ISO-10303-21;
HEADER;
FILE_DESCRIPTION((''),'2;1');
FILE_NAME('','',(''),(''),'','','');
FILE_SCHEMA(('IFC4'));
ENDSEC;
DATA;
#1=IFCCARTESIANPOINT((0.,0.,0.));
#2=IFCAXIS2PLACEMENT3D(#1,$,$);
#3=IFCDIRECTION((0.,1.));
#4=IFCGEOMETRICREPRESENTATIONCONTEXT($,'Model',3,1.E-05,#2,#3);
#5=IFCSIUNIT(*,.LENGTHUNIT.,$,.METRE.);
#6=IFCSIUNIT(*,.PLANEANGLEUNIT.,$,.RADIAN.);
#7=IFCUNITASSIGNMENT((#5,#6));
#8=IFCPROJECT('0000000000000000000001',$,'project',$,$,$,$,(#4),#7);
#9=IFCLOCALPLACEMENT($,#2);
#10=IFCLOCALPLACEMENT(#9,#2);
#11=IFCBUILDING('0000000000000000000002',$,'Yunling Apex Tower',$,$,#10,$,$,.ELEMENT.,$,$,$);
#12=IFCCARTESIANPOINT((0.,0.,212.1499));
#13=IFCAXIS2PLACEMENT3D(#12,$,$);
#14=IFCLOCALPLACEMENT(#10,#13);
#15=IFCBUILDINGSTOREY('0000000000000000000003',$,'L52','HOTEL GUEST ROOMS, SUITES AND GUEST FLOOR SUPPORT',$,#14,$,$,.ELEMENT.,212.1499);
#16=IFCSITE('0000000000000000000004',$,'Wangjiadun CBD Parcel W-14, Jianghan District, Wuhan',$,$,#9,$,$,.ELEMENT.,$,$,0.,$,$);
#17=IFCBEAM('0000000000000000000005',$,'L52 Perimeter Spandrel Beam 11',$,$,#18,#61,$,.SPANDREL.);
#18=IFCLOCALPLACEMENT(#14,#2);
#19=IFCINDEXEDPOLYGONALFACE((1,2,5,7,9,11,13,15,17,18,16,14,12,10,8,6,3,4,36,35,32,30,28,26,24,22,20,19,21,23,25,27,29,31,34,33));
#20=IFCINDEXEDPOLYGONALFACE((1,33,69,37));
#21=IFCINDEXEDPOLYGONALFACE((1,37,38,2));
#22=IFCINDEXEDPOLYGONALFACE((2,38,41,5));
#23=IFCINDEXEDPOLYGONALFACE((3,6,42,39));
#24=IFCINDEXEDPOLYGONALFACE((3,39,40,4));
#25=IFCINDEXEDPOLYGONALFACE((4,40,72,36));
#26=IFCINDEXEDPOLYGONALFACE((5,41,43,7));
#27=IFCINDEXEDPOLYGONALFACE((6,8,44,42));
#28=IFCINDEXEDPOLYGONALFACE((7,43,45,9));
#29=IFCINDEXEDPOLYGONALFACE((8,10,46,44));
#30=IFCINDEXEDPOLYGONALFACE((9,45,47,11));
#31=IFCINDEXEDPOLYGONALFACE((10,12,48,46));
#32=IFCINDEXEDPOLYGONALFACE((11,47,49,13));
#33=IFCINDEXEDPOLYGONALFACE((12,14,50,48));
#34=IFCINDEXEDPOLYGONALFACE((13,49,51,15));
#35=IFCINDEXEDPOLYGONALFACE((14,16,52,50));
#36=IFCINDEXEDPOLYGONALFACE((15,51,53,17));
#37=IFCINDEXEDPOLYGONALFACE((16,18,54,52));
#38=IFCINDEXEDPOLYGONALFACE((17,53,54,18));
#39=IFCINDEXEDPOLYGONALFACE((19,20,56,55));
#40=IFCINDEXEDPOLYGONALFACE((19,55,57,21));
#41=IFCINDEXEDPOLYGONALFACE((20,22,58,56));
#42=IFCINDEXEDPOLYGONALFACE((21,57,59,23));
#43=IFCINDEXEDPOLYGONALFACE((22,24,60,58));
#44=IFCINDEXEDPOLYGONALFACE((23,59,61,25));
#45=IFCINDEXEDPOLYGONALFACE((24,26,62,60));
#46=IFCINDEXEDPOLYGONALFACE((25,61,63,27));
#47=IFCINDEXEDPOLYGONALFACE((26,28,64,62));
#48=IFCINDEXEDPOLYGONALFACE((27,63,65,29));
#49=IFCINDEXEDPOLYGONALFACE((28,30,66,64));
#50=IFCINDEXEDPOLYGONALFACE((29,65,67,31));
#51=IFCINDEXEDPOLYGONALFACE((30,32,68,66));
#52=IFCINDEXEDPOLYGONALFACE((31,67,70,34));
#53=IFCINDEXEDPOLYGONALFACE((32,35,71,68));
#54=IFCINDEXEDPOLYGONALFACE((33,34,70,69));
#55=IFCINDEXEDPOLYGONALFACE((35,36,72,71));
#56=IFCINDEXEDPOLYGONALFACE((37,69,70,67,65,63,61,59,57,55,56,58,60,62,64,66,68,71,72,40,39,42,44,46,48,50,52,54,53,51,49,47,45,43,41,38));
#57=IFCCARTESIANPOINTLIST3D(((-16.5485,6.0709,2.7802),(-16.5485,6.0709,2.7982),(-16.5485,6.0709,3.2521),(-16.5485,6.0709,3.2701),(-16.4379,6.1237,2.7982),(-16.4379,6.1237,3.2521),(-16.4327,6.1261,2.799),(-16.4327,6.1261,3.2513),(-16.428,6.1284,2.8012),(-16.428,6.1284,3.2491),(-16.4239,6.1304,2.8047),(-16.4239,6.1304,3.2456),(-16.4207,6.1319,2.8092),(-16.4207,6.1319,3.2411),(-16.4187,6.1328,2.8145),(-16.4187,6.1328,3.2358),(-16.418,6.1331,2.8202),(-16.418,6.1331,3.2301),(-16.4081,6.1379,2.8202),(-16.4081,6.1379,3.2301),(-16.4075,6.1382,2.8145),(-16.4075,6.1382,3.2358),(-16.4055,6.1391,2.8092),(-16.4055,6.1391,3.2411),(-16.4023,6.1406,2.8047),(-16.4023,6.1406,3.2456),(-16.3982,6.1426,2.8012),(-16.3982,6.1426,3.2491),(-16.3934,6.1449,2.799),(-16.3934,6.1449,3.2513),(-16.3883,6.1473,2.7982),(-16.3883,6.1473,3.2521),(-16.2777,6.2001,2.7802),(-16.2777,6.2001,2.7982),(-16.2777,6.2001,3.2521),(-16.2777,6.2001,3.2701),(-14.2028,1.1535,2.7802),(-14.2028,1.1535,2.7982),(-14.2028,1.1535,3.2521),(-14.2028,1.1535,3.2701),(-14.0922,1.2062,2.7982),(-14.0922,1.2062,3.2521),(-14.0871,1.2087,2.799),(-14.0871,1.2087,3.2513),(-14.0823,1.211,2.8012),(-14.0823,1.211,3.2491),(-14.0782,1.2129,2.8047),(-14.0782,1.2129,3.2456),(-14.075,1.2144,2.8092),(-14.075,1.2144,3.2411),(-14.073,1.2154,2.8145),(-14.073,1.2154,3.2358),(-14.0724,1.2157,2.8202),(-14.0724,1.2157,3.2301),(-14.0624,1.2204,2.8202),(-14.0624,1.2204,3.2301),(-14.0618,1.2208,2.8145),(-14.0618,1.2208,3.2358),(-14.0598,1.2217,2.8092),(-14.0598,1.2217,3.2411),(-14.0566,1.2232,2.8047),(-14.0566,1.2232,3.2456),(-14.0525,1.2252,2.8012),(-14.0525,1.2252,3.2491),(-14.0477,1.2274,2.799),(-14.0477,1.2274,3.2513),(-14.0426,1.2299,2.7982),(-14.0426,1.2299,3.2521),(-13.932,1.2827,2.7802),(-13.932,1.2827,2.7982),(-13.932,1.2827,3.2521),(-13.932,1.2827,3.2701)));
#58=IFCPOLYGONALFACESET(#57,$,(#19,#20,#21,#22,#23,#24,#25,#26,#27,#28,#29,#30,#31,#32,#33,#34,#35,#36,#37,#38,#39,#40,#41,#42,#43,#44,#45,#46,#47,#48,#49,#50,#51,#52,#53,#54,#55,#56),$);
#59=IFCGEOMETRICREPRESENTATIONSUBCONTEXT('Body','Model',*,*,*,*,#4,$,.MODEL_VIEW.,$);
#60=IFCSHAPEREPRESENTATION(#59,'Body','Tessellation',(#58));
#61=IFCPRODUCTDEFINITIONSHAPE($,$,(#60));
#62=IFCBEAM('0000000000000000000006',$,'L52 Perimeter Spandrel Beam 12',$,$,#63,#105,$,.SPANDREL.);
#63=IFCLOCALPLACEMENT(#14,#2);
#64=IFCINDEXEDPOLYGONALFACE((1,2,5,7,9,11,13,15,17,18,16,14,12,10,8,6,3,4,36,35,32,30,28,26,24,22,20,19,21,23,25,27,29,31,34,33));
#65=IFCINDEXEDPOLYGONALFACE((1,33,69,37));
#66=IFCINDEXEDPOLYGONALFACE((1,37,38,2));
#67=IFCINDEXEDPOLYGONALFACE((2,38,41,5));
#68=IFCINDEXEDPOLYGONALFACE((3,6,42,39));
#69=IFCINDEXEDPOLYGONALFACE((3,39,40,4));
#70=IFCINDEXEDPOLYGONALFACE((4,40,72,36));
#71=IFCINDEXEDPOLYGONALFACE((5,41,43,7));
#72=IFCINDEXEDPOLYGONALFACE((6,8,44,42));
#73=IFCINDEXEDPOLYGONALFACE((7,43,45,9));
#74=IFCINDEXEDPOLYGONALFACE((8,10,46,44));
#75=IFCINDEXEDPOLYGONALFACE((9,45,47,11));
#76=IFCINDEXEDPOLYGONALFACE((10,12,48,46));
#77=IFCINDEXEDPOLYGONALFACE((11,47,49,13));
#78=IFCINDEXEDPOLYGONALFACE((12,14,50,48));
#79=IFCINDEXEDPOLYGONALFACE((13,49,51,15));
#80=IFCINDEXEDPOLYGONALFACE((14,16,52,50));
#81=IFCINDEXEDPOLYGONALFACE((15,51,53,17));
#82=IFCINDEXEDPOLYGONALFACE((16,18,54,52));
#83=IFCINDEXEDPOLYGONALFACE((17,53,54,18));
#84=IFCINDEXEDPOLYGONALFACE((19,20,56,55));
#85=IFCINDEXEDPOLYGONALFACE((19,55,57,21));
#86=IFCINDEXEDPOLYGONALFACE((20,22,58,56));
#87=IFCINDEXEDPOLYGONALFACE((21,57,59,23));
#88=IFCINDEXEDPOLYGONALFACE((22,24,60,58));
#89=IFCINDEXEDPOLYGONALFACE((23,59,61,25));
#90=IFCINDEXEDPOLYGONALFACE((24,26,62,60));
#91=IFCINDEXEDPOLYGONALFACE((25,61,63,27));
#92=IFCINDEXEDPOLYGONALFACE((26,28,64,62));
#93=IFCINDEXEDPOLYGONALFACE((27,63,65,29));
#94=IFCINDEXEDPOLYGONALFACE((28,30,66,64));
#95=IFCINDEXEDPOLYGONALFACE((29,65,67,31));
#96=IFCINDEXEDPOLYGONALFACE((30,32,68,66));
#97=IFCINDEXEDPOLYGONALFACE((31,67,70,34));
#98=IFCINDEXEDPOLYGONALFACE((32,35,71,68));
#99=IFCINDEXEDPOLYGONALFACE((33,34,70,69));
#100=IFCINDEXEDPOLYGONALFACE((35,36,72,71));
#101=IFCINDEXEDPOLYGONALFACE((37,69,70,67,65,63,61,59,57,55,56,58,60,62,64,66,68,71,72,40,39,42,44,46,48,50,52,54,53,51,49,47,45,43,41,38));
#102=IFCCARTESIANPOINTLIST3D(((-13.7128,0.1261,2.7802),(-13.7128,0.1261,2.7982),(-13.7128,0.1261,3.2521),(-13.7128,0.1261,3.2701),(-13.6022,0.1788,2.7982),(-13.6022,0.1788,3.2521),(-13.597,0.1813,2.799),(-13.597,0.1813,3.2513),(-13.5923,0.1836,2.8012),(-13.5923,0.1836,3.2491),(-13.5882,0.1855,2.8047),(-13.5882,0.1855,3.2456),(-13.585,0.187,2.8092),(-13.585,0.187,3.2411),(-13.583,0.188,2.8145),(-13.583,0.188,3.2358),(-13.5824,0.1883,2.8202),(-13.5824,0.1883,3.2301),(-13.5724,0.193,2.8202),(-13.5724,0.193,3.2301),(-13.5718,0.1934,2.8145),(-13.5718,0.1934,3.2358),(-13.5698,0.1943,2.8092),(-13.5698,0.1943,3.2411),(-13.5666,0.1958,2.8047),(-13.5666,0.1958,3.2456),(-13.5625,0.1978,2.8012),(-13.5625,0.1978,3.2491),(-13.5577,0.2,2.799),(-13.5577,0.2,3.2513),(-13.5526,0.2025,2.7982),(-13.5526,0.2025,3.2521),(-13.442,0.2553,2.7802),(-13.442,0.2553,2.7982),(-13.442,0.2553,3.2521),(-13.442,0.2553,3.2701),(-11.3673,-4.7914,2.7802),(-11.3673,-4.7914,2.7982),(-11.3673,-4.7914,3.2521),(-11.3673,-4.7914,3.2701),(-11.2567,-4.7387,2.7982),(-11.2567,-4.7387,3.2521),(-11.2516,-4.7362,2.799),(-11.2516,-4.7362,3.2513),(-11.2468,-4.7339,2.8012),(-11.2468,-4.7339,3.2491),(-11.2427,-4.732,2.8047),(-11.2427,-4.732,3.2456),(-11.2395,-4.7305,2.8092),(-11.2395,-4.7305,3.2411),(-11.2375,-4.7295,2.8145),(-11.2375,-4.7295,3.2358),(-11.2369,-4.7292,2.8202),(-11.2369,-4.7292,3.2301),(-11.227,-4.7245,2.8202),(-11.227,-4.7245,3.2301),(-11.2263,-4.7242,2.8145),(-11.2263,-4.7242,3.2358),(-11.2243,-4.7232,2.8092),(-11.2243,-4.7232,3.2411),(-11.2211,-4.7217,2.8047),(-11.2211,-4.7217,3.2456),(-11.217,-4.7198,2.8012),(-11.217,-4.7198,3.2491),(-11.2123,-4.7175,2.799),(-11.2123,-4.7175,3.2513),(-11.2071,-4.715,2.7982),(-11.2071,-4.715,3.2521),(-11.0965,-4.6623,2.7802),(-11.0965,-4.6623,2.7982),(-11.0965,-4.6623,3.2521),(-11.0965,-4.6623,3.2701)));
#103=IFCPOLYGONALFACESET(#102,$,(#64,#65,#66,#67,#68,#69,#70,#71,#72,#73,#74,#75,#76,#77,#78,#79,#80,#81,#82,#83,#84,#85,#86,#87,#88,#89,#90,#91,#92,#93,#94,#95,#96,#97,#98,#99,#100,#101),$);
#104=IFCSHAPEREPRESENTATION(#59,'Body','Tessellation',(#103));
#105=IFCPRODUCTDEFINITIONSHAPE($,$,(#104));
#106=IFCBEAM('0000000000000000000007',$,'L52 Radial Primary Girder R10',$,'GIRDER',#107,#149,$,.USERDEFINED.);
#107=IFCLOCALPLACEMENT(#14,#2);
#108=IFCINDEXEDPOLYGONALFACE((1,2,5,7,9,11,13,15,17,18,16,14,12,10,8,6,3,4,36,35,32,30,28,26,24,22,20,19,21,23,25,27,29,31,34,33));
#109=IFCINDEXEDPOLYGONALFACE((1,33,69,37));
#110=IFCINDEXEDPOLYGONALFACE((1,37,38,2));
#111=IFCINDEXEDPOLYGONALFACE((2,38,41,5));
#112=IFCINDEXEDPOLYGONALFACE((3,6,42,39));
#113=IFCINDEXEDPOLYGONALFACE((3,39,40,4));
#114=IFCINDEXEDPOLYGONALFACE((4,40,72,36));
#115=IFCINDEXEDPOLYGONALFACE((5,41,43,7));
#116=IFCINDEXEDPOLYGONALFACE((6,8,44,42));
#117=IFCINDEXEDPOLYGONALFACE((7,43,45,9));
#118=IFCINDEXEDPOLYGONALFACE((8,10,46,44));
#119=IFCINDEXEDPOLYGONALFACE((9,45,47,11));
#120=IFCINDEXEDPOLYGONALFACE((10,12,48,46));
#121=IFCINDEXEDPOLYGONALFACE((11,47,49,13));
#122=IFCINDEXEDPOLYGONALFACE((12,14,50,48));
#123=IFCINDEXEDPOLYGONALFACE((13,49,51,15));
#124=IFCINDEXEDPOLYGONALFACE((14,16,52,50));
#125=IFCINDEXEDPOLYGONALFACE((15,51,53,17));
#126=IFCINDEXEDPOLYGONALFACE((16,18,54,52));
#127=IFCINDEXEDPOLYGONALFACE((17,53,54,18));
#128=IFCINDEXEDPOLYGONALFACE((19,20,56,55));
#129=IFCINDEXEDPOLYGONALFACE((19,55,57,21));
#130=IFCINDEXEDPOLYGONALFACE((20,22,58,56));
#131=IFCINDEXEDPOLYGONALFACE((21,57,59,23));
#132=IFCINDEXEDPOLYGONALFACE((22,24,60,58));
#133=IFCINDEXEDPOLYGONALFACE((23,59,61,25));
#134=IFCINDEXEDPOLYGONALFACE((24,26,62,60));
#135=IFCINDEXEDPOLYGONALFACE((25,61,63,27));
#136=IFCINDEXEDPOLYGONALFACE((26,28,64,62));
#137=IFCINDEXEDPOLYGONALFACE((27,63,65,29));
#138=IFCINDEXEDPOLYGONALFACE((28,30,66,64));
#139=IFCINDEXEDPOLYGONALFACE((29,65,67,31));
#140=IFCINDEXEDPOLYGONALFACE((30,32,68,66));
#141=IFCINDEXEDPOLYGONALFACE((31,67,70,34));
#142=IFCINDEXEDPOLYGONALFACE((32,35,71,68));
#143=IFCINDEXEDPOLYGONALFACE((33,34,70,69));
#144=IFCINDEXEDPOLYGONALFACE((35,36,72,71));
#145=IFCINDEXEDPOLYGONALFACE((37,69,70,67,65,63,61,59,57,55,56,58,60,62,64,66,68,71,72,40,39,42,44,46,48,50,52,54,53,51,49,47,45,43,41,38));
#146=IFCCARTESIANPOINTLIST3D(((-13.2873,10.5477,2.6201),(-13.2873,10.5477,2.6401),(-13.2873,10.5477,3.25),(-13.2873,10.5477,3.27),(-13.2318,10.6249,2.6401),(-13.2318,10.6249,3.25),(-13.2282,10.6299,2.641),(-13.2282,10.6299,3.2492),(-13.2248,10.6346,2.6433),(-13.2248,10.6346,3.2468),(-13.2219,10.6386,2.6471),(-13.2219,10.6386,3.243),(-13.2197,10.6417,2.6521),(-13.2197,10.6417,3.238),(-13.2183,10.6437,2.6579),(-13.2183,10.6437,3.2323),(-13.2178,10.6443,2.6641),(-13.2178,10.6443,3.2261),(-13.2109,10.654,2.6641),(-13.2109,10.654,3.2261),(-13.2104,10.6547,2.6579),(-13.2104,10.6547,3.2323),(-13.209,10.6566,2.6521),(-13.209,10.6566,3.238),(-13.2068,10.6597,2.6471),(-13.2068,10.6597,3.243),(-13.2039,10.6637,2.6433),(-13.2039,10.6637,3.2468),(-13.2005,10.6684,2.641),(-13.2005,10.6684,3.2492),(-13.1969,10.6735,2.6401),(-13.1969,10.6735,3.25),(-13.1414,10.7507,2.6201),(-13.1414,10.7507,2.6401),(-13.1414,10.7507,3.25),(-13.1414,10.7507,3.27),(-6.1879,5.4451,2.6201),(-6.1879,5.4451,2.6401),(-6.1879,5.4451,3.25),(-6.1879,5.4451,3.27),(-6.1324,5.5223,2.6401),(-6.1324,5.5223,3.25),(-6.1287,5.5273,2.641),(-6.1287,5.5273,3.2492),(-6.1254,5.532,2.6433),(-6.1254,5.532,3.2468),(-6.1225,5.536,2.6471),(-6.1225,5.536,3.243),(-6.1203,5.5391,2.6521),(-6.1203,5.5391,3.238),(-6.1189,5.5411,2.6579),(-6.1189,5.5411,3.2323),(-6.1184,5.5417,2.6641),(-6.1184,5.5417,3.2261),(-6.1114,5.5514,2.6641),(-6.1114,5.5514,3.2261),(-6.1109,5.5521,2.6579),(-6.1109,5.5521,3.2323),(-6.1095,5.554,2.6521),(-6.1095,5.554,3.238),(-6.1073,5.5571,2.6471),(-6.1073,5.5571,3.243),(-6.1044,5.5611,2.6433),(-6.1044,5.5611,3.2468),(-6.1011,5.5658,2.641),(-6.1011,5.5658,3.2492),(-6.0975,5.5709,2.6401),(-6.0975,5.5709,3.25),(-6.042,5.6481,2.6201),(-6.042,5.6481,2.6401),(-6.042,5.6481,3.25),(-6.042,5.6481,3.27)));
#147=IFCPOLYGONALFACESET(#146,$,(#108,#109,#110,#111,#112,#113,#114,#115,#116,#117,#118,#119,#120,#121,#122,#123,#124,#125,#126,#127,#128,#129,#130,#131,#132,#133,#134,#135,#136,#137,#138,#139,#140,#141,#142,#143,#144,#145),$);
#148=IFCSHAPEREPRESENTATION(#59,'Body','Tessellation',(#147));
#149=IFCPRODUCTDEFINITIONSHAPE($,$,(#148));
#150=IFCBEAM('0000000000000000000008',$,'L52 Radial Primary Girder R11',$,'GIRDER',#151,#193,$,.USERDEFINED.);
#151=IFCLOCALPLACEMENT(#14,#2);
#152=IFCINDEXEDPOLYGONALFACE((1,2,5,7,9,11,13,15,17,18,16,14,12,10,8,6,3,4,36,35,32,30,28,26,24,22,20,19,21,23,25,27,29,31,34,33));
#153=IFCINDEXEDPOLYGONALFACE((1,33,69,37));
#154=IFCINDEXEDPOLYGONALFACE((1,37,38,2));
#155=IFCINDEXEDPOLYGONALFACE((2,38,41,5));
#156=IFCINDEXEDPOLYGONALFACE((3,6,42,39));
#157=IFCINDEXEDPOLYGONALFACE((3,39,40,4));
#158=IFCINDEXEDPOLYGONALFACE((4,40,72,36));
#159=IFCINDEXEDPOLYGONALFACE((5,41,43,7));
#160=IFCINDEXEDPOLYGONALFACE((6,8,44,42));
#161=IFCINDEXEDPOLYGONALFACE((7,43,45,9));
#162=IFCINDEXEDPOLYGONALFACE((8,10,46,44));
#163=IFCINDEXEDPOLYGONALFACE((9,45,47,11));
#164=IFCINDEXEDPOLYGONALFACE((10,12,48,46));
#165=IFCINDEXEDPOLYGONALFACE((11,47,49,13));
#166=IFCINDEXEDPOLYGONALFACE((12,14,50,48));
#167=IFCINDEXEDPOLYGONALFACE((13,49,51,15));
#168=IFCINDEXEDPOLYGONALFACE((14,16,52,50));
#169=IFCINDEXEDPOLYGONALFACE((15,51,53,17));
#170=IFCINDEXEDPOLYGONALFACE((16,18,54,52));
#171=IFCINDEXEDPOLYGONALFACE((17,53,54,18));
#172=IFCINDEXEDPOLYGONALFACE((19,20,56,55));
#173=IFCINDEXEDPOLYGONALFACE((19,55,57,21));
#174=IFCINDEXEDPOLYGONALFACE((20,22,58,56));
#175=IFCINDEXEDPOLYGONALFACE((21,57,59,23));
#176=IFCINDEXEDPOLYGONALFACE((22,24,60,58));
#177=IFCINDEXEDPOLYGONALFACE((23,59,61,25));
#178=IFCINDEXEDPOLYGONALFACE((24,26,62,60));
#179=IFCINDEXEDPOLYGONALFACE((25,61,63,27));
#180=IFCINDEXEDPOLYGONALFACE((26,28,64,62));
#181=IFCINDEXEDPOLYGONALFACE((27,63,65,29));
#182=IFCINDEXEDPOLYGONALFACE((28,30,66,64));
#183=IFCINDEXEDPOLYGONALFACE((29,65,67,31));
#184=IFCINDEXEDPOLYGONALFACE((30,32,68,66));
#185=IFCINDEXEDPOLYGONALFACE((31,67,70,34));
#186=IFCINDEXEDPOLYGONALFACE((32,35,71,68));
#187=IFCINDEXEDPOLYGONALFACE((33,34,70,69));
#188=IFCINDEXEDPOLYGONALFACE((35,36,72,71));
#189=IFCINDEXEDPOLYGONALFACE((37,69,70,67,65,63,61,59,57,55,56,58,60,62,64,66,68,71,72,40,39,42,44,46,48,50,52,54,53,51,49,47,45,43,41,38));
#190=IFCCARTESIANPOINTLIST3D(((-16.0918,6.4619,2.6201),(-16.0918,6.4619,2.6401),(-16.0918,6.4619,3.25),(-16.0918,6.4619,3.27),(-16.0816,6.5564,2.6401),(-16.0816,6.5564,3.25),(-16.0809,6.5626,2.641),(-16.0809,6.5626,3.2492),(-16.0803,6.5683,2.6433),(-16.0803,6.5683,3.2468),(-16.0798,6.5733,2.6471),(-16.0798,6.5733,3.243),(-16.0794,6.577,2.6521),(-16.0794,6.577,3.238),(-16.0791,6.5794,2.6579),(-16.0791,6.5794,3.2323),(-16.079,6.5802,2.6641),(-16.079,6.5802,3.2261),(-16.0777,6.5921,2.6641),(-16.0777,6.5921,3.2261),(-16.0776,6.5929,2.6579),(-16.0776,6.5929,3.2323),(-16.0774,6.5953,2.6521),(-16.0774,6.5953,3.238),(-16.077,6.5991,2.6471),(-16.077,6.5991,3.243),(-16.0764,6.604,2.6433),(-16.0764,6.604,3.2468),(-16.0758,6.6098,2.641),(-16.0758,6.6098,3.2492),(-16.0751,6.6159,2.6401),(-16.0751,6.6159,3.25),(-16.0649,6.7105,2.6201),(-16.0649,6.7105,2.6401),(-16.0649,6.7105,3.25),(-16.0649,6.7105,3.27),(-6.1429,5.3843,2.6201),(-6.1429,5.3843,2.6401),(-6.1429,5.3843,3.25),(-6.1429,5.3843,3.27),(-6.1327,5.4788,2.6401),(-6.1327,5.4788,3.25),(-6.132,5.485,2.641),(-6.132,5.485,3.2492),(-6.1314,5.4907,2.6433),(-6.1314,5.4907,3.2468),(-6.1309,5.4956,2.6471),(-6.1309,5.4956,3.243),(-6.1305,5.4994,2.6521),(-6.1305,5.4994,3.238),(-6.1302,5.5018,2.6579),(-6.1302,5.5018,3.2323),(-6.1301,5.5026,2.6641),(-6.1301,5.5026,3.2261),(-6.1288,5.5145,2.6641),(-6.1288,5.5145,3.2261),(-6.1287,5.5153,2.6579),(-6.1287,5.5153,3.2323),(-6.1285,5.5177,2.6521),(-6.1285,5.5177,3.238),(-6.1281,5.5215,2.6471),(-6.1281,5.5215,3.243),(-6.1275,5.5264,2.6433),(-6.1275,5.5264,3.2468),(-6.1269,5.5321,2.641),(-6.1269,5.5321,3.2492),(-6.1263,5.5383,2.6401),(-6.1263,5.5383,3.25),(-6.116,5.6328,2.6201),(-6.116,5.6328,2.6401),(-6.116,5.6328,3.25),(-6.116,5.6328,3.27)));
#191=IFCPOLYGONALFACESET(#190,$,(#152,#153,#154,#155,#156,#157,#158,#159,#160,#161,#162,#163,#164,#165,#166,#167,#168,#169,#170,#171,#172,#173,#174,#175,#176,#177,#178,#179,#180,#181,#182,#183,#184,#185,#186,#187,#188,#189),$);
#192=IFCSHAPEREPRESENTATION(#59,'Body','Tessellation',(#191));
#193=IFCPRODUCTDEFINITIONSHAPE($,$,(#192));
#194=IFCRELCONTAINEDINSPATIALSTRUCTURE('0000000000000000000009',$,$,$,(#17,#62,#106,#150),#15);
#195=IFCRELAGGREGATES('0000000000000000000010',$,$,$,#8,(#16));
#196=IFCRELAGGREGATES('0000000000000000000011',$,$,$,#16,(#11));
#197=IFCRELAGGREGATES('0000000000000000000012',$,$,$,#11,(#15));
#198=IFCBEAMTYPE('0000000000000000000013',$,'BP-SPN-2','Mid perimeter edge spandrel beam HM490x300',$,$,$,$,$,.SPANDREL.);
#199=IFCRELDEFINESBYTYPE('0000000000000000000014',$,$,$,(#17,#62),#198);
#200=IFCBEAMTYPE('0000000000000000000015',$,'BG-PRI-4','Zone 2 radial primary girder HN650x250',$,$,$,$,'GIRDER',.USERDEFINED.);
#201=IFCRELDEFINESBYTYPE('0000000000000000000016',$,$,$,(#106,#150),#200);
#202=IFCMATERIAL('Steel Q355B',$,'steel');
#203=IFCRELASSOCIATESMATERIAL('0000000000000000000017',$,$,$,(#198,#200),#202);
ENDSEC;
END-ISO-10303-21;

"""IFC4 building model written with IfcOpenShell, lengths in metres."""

from ifc_helpers import new_model, si_unit, direction, frame, origin, origin_2d, place, context, subcontext, project, spatial, i_section, extrude, source, transform, mapped, material, material_profile, profile_set, type_object, element, save


model = new_model("IFC4")

# Units and contexts
model_context = context("Model", 3, precision=1e-05, world=origin(), true_north=direction((0.0, 1.0)))
body_context = subcontext(model_context, "Body", "Model", "MODEL_VIEW")
ifc_project = project(units=[si_unit("LENGTHUNIT", "METRE"), si_unit("PLANEANGLEUNIT", "RADIAN")], contexts=[model_context])

# Site, building, storey
site_placement = place(None, origin())
site = spatial("IfcSite", under=ifc_project, at=site_placement, Name="Wangjiadun CBD Parcel W-14, Jianghan District, Wuhan", CompositionType="ELEMENT", RefElevation=0.0)
building_placement = place(site_placement, origin())
building = spatial("IfcBuilding", under=site, at=building_placement, Name="Yunling Apex Tower", CompositionType="ELEMENT")
storey_placement = place(building_placement, frame((0.0, 0.0, 212.1499)))
storey = spatial("IfcBuildingStorey", under=building, at=storey_placement, Name="L52", Description="HOTEL GUEST ROOMS, SUITES AND GUEST FLOOR SUPPORT", CompositionType="ELEMENT", Elevation=212.1499)

# Beams
ifc_material_1 = material(Name="Steel Q355B", Category="steel")
ifc_material_profile_1 = material_profile(ifc_material_1, i_section(OverallWidth=0.3, OverallDepth=0.49, WebThickness=0.011, FlangeThickness=0.0181, FilletRadius=0.022, at=origin_2d()))
ifc_profile_set_1 = profile_set([ifc_material_profile_1], Name="Steel Q355B")
beam_type_1 = type_object("IfcBeamType", Name="BP-SPN-2", Description="Mid perimeter edge spandrel beam HM490x300", PredefinedType="SPANDREL", material=ifc_profile_set_1)
shared_shape_1 = source(origin(), body_context, "Body", "SweptSolid", [
    extrude(i_section(OverallWidth=0.3, OverallDepth=0.49, WebThickness=0.011, FlangeThickness=0.0181, FilletRadius=0.022, at=origin_2d()), origin(), (0.0, 0.0, 1.0), 5.4482),
])
for number, where, z_axis, x_axis, name in (
    (1, (-16.4131, 6.1355, 3.0251), (0.430539, -0.902572, 0.0), (0.902572, 0.430539, 0.0), "L52 Perimeter Spandrel Beam 11"),
    (2, (-13.5774, 0.1907, 3.0251), (0.430502, -0.902589, 0.0), (0.902589, 0.430502, 0.0), "L52 Perimeter Spandrel Beam 12"),
):
    element("IfcBeam", number, at=place(storey_placement, frame(where, z_axis=z_axis, x_axis=x_axis)), inside=storey, type_object=beam_type_1, Name=name, PredefinedType="SPANDREL", context=body_context, shape_type="MappedRepresentation", body=[
        mapped(shared_shape_1, transform((0.0, 0.0, 0.0), scale=1.0)),
    ])
ifc_material_profile_2 = material_profile(ifc_material_1, i_section(OverallWidth=0.25, OverallDepth=0.6499, WebThickness=0.012, FlangeThickness=0.02, FilletRadius=0.0239, at=origin_2d()))
ifc_profile_set_2 = profile_set([ifc_material_profile_2], Name="Steel Q355B")
beam_type_2 = type_object("IfcBeamType", Name="BG-PRI-4", Description="Zone 2 radial primary girder HN650x250", ElementType="GIRDER", PredefinedType="USERDEFINED", material=ifc_profile_set_2)
shared_shape_2 = source(origin(), body_context, "Body", "SweptSolid", [
    extrude(i_section(OverallWidth=0.25, OverallDepth=0.6499, WebThickness=0.012, FlangeThickness=0.02, FilletRadius=0.0239, at=origin_2d()), origin(), (0.0, 0.0, 1.0), 8.7429),
])
beam_1_placement = place(storey_placement, frame((-13.2144, 10.6492, 2.9451), z_axis=(0.812022, -0.583626, 0.0), x_axis=(0.583626, 0.812022, 0.0)))
element("IfcBeam", 3, at=beam_1_placement, inside=storey, type_object=beam_type_2, Name="L52 Radial Primary Girder R10", ObjectType="GIRDER", PredefinedType="USERDEFINED", context=body_context, shape_type="MappedRepresentation", body=[
    mapped(shared_shape_2, transform((0.0, 0.0, 0.0), scale=1.0)),
])
shared_shape_3 = source(origin(), body_context, "Body", "SweptSolid", [
    extrude(i_section(OverallWidth=0.25, OverallDepth=0.6499, WebThickness=0.012, FlangeThickness=0.02, FilletRadius=0.0239, at=origin_2d()), origin(), (0.0, 0.0, 1.0), 10.0071),
])
beam_2_placement = place(storey_placement, frame((-16.0784, 6.5862, 2.9451), z_axis=(0.994185, -0.107686, 0.0), x_axis=(0.107686, 0.994185, 0.0)))
element("IfcBeam", 4, at=beam_2_placement, inside=storey, type_object=beam_type_2, Name="L52 Radial Primary Girder R11", ObjectType="GIRDER", PredefinedType="USERDEFINED", context=body_context, shape_type="MappedRepresentation", body=[
    mapped(shared_shape_3, transform((0.0, 0.0, 0.0), scale=1.0)),
])

save(model, "model.ifc")
